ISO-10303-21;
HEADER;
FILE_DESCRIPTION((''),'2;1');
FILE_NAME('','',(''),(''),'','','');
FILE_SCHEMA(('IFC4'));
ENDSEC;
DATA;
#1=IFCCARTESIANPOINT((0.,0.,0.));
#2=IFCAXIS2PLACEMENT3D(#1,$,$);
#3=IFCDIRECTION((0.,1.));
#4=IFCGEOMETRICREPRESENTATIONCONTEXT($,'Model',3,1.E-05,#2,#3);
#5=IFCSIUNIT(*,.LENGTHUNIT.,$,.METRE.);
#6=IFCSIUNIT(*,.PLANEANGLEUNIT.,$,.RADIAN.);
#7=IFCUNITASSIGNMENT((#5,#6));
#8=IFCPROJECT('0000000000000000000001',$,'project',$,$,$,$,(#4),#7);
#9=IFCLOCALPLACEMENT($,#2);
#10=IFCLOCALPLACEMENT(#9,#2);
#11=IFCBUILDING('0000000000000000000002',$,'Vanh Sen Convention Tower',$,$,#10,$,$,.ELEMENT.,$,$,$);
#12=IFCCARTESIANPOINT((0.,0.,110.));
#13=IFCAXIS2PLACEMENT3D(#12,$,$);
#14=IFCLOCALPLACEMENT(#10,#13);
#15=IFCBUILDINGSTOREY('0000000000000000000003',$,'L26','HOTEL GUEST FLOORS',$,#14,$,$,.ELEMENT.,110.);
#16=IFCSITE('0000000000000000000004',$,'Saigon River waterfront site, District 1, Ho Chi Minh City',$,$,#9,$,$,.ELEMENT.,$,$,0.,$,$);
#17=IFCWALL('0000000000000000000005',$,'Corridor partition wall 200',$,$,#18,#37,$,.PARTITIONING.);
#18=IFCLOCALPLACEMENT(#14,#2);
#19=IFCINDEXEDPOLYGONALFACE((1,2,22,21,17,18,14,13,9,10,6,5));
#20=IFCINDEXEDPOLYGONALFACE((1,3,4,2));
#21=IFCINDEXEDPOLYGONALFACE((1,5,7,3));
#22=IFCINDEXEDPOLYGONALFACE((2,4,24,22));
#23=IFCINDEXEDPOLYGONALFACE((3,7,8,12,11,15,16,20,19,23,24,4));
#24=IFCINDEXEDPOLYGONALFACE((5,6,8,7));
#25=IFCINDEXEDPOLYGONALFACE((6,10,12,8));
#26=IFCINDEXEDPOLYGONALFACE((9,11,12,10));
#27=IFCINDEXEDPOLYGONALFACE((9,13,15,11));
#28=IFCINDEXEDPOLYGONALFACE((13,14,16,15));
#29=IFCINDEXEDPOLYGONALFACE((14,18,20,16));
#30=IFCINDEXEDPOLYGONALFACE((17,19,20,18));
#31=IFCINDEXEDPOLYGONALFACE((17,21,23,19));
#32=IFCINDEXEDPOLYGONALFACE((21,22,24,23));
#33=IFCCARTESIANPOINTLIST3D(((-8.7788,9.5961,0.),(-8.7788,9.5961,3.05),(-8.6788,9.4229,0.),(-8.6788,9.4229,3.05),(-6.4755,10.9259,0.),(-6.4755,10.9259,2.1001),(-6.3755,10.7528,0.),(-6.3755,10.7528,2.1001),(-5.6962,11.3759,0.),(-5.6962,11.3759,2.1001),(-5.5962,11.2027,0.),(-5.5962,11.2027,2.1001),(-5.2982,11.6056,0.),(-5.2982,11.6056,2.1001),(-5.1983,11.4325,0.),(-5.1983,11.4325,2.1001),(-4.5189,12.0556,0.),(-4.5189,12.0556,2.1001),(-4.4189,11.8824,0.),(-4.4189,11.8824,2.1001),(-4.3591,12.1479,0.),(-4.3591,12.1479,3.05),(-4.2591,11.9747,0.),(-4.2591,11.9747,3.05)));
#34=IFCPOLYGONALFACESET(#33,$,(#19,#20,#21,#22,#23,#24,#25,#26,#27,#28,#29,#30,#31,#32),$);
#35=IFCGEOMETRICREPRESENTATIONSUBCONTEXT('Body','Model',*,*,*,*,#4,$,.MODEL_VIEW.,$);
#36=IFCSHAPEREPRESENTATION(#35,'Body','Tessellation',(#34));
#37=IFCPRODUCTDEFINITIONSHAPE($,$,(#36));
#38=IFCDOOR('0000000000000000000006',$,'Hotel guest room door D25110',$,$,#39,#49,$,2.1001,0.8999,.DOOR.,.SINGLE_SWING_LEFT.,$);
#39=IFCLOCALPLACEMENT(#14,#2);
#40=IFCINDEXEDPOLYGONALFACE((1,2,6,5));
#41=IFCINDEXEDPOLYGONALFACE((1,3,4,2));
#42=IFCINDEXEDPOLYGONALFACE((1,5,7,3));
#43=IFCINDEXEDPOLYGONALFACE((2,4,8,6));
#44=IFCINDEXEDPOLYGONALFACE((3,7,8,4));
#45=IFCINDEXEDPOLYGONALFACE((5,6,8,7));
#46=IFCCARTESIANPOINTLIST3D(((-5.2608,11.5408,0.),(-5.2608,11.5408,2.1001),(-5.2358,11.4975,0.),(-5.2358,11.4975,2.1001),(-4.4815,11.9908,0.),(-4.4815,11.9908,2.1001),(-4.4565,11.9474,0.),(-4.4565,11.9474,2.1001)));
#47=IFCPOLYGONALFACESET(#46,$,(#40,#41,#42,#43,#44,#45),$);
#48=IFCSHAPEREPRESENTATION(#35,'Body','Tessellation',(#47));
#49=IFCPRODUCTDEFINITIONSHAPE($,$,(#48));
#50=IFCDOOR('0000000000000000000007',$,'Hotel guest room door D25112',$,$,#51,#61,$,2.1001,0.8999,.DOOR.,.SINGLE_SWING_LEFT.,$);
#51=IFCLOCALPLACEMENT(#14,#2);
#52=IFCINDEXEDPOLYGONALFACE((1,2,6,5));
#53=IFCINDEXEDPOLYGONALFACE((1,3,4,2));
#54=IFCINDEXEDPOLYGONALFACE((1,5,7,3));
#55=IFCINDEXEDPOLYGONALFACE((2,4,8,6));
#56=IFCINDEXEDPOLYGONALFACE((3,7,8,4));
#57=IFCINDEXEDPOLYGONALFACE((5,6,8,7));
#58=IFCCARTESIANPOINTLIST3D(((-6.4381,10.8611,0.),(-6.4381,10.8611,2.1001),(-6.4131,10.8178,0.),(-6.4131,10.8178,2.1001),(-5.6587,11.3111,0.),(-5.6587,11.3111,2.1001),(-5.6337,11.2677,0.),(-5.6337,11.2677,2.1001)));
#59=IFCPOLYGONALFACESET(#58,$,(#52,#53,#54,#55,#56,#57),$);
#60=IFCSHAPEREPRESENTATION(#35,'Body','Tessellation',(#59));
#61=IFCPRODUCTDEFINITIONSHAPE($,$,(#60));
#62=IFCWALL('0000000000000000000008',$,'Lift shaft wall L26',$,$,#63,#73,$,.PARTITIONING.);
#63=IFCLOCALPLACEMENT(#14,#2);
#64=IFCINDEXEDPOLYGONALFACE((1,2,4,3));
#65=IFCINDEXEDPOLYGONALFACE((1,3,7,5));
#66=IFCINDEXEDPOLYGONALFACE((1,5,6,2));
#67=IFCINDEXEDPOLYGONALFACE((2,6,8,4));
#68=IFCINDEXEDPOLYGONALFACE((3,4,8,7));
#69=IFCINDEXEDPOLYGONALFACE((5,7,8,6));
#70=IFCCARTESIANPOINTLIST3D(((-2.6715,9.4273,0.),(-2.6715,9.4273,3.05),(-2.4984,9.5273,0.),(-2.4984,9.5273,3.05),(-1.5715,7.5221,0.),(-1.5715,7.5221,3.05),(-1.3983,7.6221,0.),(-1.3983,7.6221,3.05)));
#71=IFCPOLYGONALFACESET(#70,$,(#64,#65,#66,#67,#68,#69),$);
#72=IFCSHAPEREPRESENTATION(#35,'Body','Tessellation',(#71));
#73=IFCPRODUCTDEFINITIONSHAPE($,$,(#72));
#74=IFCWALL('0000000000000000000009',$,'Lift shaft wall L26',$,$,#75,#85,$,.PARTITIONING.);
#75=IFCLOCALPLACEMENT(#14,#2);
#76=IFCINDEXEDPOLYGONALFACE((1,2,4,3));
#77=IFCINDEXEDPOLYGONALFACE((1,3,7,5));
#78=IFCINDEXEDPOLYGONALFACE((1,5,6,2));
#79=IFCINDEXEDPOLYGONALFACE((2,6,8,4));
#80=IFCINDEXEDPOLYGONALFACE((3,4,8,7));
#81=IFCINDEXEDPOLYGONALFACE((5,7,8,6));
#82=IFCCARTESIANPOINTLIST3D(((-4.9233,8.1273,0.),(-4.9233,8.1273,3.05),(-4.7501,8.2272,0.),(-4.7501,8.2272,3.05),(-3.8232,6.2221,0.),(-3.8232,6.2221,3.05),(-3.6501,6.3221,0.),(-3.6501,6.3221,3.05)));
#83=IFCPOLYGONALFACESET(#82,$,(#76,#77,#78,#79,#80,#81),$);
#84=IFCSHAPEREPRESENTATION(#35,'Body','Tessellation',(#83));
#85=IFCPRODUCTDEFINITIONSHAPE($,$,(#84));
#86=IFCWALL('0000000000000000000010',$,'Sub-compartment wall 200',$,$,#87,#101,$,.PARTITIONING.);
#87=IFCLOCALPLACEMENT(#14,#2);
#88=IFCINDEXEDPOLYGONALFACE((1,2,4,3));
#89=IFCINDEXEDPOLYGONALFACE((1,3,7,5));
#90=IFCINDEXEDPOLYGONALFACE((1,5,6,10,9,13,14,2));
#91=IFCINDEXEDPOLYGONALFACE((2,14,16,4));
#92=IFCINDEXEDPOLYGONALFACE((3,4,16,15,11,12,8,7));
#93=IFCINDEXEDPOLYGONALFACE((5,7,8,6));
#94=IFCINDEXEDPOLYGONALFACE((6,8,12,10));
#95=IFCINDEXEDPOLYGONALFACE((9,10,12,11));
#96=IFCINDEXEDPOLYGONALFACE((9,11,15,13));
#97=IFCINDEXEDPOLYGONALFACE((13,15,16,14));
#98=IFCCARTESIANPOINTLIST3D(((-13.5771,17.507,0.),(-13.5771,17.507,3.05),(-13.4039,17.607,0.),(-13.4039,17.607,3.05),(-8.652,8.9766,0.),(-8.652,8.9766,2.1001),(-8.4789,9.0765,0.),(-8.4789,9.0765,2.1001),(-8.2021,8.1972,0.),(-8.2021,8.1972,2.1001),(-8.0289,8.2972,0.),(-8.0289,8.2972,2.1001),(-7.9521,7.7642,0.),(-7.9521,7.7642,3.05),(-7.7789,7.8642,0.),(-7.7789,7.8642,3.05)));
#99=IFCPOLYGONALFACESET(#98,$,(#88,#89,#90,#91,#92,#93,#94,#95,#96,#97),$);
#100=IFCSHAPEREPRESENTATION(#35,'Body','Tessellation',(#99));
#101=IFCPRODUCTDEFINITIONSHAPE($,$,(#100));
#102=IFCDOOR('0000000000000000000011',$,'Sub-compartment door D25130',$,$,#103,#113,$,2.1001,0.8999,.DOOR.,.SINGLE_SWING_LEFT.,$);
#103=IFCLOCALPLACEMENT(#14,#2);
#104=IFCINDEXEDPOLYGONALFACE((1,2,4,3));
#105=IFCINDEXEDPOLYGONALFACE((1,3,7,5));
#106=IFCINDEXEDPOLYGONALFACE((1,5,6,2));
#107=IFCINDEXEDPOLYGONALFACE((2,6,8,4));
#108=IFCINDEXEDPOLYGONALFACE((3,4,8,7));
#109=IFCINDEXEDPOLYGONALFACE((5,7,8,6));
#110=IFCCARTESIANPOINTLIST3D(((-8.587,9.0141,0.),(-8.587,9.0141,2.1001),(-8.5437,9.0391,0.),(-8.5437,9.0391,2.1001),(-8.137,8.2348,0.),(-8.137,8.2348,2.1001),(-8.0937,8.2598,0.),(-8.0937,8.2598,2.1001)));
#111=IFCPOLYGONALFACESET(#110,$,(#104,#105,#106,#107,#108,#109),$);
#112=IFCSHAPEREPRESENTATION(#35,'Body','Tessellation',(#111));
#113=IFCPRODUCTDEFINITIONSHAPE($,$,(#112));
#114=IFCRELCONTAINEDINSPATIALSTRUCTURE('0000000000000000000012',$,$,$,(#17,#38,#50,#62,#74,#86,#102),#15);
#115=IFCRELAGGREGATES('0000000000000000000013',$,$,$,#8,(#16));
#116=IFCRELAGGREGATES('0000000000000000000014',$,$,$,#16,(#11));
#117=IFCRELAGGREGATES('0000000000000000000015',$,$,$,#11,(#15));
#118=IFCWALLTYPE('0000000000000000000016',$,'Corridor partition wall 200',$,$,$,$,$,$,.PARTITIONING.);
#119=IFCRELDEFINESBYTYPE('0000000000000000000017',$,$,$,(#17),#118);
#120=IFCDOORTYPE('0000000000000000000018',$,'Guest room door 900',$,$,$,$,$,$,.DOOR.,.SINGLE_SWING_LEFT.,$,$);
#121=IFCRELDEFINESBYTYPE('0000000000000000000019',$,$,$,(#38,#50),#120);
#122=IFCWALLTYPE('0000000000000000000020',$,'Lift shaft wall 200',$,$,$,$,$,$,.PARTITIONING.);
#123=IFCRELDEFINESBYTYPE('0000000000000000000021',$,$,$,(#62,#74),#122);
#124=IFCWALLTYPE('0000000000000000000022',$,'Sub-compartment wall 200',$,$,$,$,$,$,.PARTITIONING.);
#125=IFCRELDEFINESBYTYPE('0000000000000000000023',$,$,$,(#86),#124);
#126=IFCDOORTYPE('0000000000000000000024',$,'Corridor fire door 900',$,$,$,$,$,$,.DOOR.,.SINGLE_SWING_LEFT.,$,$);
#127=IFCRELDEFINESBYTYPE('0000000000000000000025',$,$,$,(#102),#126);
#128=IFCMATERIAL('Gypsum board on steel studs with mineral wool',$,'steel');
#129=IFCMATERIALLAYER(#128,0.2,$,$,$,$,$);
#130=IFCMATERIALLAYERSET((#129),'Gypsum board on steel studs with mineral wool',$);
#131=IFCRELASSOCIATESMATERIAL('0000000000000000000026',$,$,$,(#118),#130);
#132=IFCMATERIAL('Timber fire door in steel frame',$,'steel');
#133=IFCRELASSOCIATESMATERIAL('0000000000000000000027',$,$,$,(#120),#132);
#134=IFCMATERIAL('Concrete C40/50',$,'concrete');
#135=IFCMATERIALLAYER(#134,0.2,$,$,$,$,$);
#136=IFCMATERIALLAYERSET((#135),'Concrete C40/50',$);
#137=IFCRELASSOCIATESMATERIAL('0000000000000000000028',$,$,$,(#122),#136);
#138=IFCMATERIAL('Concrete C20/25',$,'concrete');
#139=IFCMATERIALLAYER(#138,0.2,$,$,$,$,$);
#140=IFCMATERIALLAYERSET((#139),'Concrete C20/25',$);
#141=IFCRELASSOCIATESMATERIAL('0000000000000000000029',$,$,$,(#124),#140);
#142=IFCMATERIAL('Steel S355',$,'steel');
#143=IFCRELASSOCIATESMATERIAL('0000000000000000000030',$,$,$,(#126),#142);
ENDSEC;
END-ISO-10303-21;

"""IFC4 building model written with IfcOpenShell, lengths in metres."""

from ifc_helpers import new_model, si_unit, direction, frame, frame_2d, origin, place, context, subcontext, project, spatial, rectangle, extrude, material, layer, layer_set, type_object, element, fill, save


model = new_model("IFC4")

# Units and contexts
model_context = context("Model", 3, precision=1e-05, world=origin(), true_north=direction((0.0, 1.0)))
body_context = subcontext(model_context, "Body", "Model", "MODEL_VIEW")
ifc_project = project(units=[si_unit("LENGTHUNIT", "METRE"), si_unit("PLANEANGLEUNIT", "RADIAN")], contexts=[model_context])

# Site, building, storey
site_placement = place(None, origin())
site = spatial("IfcSite", under=ifc_project, at=site_placement, Name="Saigon River waterfront site, District 1, Ho Chi Minh City", CompositionType="ELEMENT", RefElevation=0.0)
building_placement = place(site_placement, origin())
building = spatial("IfcBuilding", under=site, at=building_placement, Name="Vanh Sen Convention Tower", CompositionType="ELEMENT")
storey_placement = place(building_placement, frame((0.0, 0.0, 110.0)))
storey = spatial("IfcBuildingStorey", under=building, at=storey_placement, Name="L26", Description="HOTEL GUEST FLOORS", CompositionType="ELEMENT", Elevation=110.0)

# Shared definitions
ifc_material_1 = material(Name="Gypsum board on steel studs with mineral wool", Category="steel")
ifc_layer_1 = layer(ifc_material_1, 0.2)
ifc_layer_set_1 = layer_set([ifc_layer_1], Name="Gypsum board on steel studs with mineral wool")
wall_type_1 = type_object("IfcWallType", Name="Corridor partition wall 200", PredefinedType="PARTITIONING", material=ifc_layer_set_1)
ifc_material_2 = material(Name="Timber fire door in steel frame", Category="steel")
door_type_1 = type_object("IfcDoorType", Name="Guest room door 900", OperationType="SINGLE_SWING_LEFT", PredefinedType="DOOR", material=ifc_material_2)

# Wall, openings, doors
wall_1_placement = place(storey_placement, frame((-4.3091, 12.0613, 0.0), z_axis=(0.0, 0.0, 1.0), x_axis=(-0.866021, -0.500008, 0.0)))
wall_1 = element("IfcWall", 1, at=wall_1_placement, inside=storey, type_object=wall_type_1, Name="Corridor partition wall 200", PredefinedType="PARTITIONING", context=body_context, shape_type="SweptSolid", body=[
    extrude(rectangle(XDim=5.1035, YDim=0.2, at=frame_2d((2.5518, 0.0))), origin(), (0.0, 0.0, 1.0), 3.05),
])
opening_1_placement = place(wall_1_placement, frame((0.1846, 0.0, 0.0)))
opening_1 = element("IfcOpeningElement", 2, at=opening_1_placement, cuts=wall_1, PredefinedType="OPENING", context=body_context, shape_type="SweptSolid", body=[
    extrude(rectangle(XDim=0.8999, YDim=2.1001, at=frame_2d((0.45, 1.05))), frame((0.0, 0.1099, 0.0), z_axis=(0.0, -1.0, 0.0), x_axis=(1.0, 0.0, 0.0)), (0.0, 0.0, 1.0), 0.22),
])
opening_2_placement = place(wall_1_placement, frame((1.5439, 0.0, 0.0)))
opening_2 = element("IfcOpeningElement", 3, at=opening_2_placement, cuts=wall_1, PredefinedType="OPENING", context=body_context, shape_type="SweptSolid", body=[
    extrude(rectangle(XDim=0.8999, YDim=2.1001, at=frame_2d((0.45, 1.05))), frame((0.0, 0.1099, 0.0), z_axis=(0.0, -1.0, 0.0), x_axis=(1.0, 0.0, 0.0)), (0.0, 0.0, 1.0), 0.22),
])
door_1_placement = place(opening_1_placement, origin())
door_1 = element("IfcDoor", 4, at=door_1_placement, inside=storey, type_object=door_type_1, Name="Hotel guest room door D25110", OperationType="SINGLE_SWING_LEFT", OverallHeight=2.1001, OverallWidth=0.8999, PredefinedType="DOOR", context=body_context, shape_type="SweptSolid", body=[
    extrude(rectangle(XDim=0.8999, YDim=2.1001, at=frame_2d((0.45, 1.05))), frame((0.0, 0.0249, 0.0), z_axis=(0.0, -1.0, 0.0), x_axis=(1.0, 0.0, 0.0)), (0.0, 0.0, 1.0), 0.05),
])
fill(opening_1, door_1)
door_2_placement = place(opening_2_placement, origin())
door_2 = element("IfcDoor", 5, at=door_2_placement, inside=storey, type_object=door_type_1, Name="Hotel guest room door D25112", OperationType="SINGLE_SWING_LEFT", OverallHeight=2.1001, OverallWidth=0.8999, PredefinedType="DOOR", context=body_context, shape_type="SweptSolid", body=[
    extrude(rectangle(XDim=0.8999, YDim=2.1001, at=frame_2d((0.45, 1.05))), frame((0.0, 0.0249, 0.0), z_axis=(0.0, -1.0, 0.0), x_axis=(1.0, 0.0, 0.0)), (0.0, 0.0, 1.0), 0.05),
])
fill(opening_2, door_2)

# Walls
ifc_material_3 = material(Name="Concrete C40/50", Category="concrete")
ifc_layer_2 = layer(ifc_material_3, 0.2)
ifc_layer_set_2 = layer_set([ifc_layer_2], Name="Concrete C40/50")
wall_type_2 = type_object("IfcWallType", Name="Lift shaft wall 200", PredefinedType="PARTITIONING", material=ifc_layer_set_2)
for number, where, z_axis, x_axis, name in (
    (6, (-1.4849, 7.572, 0.0), (0.0, 0.0, 1.0), (-0.50003, 0.866008, 0.0), "Lift shaft wall L26"),
    (7, (-3.7366, 6.272, 0.0), (0.0, 0.0, 1.0), (-0.50003, 0.866008, 0.0), "Lift shaft wall L26"),
):
    element("IfcWall", number, at=place(storey_placement, frame(where, z_axis=z_axis, x_axis=x_axis)), inside=storey, type_object=wall_type_2, Name=name, PredefinedType="PARTITIONING", context=body_context, shape_type="SweptSolid", body=[
        extrude(rectangle(XDim=2.2, YDim=0.2, at=frame_2d((1.1001, 0.0))), origin(), (0.0, 0.0, 1.0), 3.05),
    ])

# Wall, opening, door
ifc_material_4 = material(Name="Concrete C20/25", Category="concrete")
ifc_layer_3 = layer(ifc_material_4, 0.2)
ifc_layer_set_3 = layer_set([ifc_layer_3], Name="Concrete C20/25")
wall_type_3 = type_object("IfcWallType", Name="Sub-compartment wall 200", PredefinedType="PARTITIONING", material=ifc_layer_set_3)
wall_2_placement = place(storey_placement, frame((-7.8655, 7.8142, 0.0), z_axis=(0.0, 0.0, 1.0), x_axis=(-0.500004, 0.866023, 0.0)))
wall_2 = element("IfcWall", 8, at=wall_2_placement, inside=storey, type_object=wall_type_3, Name="Sub-compartment wall 200", PredefinedType="PARTITIONING", context=body_context, shape_type="SweptSolid", body=[
    extrude(rectangle(XDim=11.25, YDim=0.2, at=frame_2d((5.625, 0.0))), origin(), (0.0, 0.0, 1.0), 3.05),
])
opening_3_placement = place(wall_2_placement, frame((0.5, 0.0, 0.0)))
opening_3 = element("IfcOpeningElement", 9, at=opening_3_placement, cuts=wall_2, PredefinedType="OPENING", context=body_context, shape_type="SweptSolid", body=[
    extrude(rectangle(XDim=0.8999, YDim=2.1001, at=frame_2d((0.45, 1.05))), frame((0.0, 0.1099, 0.0), z_axis=(0.0, -1.0, 0.0), x_axis=(1.0, 0.0, 0.0)), (0.0, 0.0, 1.0), 0.22),
])
ifc_material_5 = material(Name="Steel S355", Category="steel")
door_type_2 = type_object("IfcDoorType", Name="Corridor fire door 900", OperationType="SINGLE_SWING_LEFT", PredefinedType="DOOR", material=ifc_material_5)
door_3_placement = place(opening_3_placement, origin())
door_3 = element("IfcDoor", 10, at=door_3_placement, inside=storey, type_object=door_type_2, Name="Sub-compartment door D25130", OperationType="SINGLE_SWING_LEFT", OverallHeight=2.1001, OverallWidth=0.8999, PredefinedType="DOOR", context=body_context, shape_type="SweptSolid", body=[
    extrude(rectangle(XDim=0.8999, YDim=2.1001, at=frame_2d((0.45, 1.05))), frame((0.0, 0.0249, 0.0), z_axis=(0.0, -1.0, 0.0), x_axis=(1.0, 0.0, 0.0)), (0.0, 0.0, 1.0), 0.05),
])
fill(opening_3, door_3)

save(model, "model.ifc")
